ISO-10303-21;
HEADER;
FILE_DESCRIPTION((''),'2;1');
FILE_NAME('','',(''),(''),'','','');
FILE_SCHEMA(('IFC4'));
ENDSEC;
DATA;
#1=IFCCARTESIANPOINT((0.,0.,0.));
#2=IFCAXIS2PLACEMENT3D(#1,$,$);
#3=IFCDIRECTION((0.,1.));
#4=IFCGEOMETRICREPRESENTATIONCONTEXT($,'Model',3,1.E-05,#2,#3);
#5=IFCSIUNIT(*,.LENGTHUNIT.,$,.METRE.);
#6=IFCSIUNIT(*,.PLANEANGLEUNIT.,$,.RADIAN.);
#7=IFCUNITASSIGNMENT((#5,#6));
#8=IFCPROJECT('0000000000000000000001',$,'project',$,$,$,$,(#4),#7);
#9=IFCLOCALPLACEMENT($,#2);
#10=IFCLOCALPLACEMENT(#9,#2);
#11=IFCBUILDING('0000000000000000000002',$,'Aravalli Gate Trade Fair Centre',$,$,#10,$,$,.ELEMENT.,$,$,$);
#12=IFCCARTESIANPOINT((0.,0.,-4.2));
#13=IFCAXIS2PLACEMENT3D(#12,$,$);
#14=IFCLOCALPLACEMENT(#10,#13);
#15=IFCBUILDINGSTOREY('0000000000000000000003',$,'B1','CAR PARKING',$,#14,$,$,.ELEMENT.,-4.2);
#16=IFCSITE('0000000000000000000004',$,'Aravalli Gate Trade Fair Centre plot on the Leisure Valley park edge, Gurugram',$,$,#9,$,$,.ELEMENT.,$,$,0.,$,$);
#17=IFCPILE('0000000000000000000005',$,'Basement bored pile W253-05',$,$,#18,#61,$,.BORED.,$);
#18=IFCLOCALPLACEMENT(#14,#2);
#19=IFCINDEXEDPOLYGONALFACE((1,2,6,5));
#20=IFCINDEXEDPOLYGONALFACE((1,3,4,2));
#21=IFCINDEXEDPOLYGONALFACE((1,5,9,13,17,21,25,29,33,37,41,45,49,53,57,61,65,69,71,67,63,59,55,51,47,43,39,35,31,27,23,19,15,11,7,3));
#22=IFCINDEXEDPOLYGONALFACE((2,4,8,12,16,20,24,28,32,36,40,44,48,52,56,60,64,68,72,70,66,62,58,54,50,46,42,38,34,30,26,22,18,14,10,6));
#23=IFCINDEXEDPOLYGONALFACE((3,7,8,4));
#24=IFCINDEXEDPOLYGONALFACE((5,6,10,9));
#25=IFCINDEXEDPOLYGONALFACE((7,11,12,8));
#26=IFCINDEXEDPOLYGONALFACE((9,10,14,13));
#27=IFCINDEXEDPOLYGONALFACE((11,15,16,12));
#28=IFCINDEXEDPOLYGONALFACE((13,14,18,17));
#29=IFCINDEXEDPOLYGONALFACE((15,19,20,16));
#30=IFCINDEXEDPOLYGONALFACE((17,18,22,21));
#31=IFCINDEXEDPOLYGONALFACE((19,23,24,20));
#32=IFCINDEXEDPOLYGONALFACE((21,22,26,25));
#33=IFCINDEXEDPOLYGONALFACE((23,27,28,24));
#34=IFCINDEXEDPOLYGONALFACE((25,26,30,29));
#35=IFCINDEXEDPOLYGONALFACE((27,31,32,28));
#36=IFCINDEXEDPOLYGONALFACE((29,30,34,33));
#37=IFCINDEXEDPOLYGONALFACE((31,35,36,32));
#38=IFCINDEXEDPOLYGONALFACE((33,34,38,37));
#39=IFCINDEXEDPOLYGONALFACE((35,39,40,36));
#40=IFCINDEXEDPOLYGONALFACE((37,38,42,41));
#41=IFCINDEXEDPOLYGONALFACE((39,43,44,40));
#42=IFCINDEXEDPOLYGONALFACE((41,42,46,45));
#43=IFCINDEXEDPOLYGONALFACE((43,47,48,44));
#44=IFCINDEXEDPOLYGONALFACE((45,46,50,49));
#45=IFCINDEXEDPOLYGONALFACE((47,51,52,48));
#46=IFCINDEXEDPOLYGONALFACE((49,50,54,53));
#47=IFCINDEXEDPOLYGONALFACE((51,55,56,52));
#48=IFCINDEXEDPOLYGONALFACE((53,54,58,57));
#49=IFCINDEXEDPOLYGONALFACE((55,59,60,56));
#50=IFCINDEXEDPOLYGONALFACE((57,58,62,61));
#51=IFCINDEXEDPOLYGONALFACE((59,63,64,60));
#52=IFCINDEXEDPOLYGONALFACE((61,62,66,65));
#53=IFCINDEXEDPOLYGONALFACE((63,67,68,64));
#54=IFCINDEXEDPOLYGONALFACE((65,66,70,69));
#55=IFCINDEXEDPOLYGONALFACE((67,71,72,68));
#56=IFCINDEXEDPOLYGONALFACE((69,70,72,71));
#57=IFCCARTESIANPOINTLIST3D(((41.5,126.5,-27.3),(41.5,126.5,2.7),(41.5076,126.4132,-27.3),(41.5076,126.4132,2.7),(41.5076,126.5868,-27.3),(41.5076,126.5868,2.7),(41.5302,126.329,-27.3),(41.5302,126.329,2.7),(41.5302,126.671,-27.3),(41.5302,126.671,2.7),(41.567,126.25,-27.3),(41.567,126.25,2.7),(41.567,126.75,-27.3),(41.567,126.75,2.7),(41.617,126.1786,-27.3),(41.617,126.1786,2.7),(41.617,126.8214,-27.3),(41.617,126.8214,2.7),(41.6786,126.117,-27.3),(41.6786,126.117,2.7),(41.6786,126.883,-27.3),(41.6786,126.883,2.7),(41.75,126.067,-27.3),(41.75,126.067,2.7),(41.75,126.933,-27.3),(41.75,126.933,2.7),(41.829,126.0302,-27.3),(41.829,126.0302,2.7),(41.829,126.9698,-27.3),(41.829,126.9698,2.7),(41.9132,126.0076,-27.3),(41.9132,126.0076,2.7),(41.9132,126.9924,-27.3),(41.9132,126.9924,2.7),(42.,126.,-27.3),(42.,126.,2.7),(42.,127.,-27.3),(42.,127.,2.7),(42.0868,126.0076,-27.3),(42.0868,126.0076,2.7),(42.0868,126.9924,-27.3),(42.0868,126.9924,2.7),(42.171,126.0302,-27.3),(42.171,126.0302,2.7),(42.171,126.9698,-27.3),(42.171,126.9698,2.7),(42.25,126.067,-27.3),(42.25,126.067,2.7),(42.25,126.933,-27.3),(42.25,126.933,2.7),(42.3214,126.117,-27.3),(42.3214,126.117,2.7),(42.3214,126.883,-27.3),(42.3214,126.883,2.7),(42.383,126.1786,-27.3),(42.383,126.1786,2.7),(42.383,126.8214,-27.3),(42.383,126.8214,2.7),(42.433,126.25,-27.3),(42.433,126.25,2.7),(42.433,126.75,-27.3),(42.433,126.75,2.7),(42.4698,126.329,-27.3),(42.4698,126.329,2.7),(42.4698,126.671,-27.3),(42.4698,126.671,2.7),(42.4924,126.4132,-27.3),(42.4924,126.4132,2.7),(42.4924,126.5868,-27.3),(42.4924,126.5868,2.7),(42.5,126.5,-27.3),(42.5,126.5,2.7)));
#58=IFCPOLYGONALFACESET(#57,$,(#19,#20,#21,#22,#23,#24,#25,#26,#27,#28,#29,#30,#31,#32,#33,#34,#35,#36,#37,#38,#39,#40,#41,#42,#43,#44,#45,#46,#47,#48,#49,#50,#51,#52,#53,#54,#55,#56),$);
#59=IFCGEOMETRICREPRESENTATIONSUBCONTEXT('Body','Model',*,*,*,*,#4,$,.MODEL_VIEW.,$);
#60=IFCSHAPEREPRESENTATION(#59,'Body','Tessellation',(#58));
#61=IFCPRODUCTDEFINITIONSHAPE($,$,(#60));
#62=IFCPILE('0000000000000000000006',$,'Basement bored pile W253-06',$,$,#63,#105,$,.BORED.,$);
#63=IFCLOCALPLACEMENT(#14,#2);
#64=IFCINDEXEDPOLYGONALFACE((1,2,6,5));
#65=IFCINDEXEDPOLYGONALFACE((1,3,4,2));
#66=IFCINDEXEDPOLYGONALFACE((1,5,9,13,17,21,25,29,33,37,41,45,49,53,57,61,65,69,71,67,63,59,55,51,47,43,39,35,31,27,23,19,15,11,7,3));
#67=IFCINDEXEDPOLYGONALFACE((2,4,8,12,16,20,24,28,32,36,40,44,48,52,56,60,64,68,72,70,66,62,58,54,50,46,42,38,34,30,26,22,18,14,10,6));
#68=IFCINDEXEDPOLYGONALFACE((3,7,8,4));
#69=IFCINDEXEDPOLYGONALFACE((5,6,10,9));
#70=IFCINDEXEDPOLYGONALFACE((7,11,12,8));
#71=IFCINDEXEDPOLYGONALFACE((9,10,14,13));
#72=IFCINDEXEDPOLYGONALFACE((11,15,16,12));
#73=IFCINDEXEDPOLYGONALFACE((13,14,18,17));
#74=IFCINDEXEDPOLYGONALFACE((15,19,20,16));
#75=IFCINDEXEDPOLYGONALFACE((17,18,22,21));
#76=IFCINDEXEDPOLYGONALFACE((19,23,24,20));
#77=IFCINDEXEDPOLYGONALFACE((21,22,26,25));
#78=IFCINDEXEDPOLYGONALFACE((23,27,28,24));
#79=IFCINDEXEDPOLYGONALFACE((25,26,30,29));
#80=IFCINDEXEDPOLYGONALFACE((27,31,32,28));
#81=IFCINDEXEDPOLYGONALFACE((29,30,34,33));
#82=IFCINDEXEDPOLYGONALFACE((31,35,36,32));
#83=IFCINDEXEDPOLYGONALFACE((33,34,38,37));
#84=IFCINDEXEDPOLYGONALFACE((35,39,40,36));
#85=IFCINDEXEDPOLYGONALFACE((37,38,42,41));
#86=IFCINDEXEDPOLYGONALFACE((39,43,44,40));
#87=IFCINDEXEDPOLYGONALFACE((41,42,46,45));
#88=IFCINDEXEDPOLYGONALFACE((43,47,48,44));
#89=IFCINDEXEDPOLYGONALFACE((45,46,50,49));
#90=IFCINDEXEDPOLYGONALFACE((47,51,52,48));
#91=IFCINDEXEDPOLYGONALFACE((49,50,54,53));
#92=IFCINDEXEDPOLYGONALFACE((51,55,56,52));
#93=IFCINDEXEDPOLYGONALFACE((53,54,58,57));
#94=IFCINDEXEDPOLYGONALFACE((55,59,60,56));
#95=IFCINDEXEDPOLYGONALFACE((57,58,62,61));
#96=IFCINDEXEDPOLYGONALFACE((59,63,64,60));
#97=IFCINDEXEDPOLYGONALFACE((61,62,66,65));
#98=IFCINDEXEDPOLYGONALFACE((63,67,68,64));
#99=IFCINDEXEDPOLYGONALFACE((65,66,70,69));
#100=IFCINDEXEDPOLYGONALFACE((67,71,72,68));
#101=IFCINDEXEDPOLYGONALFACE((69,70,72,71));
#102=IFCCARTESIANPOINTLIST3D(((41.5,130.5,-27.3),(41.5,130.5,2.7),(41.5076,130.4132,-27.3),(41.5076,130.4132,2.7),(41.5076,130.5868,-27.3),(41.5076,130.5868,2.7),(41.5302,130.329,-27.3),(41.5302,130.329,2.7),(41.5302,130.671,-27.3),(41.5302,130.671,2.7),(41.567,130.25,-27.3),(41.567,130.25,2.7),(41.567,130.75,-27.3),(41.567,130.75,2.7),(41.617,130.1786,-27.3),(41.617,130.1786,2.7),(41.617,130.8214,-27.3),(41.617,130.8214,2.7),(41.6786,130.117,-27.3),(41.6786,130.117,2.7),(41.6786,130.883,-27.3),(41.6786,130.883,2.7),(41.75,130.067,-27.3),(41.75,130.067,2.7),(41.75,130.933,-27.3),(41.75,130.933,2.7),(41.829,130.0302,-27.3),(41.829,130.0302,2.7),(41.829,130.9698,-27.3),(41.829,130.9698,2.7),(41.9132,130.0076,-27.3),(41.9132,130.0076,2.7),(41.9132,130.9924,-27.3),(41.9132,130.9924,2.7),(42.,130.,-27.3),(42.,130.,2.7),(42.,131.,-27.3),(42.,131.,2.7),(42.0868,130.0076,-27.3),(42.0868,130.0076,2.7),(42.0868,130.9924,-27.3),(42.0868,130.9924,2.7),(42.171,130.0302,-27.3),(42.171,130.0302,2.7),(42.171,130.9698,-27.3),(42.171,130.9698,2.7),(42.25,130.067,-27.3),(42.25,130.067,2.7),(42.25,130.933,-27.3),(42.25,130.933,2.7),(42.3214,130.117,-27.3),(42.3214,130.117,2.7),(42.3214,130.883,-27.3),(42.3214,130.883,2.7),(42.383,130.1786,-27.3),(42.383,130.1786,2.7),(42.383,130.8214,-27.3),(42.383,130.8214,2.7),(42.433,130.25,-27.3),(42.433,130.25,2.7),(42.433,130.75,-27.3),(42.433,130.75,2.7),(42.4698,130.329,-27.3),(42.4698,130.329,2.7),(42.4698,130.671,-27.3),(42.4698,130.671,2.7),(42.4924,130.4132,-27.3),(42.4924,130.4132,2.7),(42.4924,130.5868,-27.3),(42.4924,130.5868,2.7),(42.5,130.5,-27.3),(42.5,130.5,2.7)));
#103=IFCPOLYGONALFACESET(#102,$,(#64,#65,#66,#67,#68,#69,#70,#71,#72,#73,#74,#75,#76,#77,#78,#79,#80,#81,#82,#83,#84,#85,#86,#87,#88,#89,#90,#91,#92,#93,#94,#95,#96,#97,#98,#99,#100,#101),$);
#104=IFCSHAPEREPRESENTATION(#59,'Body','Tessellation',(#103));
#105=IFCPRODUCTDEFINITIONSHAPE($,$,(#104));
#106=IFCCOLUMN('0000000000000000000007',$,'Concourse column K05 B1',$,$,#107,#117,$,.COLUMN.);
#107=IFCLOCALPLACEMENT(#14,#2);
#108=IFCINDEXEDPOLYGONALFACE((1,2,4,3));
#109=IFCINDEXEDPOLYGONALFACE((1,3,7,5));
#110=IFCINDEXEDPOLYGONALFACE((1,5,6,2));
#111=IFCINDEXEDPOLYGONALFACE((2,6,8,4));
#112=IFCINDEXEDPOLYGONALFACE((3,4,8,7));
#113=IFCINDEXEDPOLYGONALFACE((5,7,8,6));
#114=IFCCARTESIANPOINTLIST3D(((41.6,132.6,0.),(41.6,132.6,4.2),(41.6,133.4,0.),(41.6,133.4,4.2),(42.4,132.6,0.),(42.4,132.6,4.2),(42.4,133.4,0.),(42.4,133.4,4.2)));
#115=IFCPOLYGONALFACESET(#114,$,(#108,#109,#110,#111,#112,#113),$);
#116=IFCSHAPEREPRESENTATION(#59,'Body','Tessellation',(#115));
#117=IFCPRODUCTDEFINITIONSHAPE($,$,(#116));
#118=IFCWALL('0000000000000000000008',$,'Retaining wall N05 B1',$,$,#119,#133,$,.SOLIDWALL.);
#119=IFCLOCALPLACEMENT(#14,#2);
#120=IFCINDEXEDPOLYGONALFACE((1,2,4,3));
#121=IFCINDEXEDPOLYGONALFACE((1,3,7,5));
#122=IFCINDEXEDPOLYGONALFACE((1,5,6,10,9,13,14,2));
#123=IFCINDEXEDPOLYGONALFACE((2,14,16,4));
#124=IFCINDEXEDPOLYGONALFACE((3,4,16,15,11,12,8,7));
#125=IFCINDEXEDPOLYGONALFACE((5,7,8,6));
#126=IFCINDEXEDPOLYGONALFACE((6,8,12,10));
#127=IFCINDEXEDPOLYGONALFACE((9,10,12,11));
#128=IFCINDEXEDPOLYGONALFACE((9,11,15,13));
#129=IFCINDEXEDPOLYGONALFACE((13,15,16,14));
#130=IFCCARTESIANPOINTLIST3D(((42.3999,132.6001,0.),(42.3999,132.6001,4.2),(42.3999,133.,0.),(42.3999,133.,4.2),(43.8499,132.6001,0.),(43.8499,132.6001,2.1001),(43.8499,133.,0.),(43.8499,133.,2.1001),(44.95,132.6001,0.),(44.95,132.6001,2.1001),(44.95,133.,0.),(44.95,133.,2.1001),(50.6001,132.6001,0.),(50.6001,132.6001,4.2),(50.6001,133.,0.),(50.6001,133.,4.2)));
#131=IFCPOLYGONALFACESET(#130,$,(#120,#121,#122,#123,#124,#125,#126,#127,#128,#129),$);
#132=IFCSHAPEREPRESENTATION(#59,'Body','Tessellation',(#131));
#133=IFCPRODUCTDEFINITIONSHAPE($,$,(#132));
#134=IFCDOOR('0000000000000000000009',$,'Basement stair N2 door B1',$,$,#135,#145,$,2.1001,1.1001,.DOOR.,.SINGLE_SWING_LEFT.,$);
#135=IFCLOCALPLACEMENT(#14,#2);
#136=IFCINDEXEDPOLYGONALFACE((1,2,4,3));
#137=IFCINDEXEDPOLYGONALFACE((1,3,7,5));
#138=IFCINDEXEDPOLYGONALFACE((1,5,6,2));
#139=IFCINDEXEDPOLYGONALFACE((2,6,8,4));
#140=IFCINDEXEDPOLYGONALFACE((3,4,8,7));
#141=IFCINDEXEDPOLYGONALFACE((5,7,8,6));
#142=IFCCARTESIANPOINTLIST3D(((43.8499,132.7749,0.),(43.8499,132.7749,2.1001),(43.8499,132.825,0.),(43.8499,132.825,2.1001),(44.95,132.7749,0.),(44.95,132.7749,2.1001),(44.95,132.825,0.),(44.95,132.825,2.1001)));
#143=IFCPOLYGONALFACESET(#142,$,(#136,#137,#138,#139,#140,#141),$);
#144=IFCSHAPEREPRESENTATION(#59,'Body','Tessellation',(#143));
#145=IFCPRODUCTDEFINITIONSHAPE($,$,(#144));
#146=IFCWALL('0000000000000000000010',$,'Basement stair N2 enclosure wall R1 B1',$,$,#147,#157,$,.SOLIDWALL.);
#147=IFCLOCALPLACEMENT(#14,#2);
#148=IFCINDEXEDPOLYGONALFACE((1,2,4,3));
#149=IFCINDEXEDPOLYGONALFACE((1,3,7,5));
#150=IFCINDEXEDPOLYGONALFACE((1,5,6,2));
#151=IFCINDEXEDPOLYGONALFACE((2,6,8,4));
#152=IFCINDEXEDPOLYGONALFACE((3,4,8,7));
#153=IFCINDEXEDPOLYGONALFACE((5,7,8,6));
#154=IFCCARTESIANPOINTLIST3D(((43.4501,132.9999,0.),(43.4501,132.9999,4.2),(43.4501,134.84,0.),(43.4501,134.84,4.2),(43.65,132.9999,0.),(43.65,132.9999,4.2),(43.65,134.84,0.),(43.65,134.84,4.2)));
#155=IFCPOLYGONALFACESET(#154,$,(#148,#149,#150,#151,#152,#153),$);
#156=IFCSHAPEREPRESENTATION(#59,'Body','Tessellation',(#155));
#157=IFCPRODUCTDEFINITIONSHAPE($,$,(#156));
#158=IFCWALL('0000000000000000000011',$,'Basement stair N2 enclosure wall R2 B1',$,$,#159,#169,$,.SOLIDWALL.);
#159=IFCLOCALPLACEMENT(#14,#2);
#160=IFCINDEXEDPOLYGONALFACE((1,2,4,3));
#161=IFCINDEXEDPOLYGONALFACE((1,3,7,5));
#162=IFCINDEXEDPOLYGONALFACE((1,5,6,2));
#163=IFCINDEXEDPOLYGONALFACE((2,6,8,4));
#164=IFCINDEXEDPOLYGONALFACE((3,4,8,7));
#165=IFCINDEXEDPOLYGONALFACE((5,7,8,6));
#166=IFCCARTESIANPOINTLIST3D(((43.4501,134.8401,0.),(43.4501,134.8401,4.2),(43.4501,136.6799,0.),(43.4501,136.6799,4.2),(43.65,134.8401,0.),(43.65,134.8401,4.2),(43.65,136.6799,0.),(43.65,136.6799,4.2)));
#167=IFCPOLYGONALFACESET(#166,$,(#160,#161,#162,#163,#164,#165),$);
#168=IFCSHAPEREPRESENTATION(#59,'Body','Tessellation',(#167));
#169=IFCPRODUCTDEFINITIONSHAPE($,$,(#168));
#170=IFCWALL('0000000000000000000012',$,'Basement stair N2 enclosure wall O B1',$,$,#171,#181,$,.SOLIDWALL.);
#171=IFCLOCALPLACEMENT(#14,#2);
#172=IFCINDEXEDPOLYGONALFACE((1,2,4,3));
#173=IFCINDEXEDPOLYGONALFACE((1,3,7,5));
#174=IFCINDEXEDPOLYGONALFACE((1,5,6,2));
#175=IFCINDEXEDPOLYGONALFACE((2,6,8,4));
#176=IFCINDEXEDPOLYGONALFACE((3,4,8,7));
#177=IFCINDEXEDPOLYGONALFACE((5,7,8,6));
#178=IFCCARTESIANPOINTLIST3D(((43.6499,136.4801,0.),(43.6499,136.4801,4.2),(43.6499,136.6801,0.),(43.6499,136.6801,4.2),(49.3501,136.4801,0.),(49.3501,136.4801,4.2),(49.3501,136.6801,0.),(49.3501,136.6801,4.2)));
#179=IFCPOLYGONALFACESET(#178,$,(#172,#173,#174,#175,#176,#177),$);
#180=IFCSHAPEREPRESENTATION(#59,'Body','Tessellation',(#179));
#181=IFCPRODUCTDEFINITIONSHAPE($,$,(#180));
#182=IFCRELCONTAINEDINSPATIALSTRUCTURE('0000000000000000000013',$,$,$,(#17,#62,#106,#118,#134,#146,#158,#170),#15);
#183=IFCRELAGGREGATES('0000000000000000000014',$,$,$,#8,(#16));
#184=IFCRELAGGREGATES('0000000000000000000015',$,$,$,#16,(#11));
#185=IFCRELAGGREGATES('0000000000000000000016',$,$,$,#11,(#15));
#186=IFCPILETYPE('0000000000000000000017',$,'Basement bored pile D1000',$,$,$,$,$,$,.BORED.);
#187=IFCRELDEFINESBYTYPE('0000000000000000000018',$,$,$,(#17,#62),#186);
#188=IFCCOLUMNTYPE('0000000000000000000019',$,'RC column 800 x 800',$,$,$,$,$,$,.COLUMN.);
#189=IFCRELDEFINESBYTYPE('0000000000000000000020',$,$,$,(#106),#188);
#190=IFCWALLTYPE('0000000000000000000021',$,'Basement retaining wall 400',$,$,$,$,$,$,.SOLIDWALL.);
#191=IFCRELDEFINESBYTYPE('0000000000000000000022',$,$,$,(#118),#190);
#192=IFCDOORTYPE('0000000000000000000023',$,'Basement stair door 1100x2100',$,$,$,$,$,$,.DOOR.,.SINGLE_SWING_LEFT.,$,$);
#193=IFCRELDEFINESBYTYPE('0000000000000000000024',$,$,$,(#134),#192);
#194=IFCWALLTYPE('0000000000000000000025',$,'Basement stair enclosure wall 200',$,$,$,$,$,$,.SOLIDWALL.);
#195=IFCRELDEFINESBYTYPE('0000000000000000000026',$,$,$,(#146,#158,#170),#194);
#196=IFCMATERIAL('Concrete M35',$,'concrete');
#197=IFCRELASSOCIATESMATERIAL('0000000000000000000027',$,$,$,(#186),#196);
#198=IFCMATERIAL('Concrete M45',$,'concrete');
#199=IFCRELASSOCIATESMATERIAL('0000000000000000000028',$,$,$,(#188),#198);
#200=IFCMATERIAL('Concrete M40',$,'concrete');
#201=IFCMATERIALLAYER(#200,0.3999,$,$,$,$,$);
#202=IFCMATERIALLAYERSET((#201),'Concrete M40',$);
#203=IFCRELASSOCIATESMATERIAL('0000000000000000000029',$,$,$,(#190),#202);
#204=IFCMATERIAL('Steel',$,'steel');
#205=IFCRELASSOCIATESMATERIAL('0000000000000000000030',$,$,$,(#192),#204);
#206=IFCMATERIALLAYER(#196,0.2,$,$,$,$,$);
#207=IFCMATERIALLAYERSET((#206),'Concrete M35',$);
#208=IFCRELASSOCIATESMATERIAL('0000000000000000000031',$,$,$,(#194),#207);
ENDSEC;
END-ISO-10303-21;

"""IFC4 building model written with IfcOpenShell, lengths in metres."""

from ifc_helpers import new_model, si_unit, direction, frame, frame_2d, origin, origin_2d, place, context, subcontext, project, spatial, rectangle, circle, extrude, material, layer, layer_set, material_profile, profile_set, type_object, element, fill, save


model = new_model("IFC4")

# Units and contexts
model_context = context("Model", 3, precision=1e-05, world=origin(), true_north=direction((0.0, 1.0)))
body_context = subcontext(model_context, "Body", "Model", "MODEL_VIEW")
ifc_project = project(units=[si_unit("LENGTHUNIT", "METRE"), si_unit("PLANEANGLEUNIT", "RADIAN")], contexts=[model_context])

# Site, building, storey
site_placement = place(None, origin())
site = spatial("IfcSite", under=ifc_project, at=site_placement, Name="Aravalli Gate Trade Fair Centre plot on the Leisure Valley park edge, Gurugram", CompositionType="ELEMENT", RefElevation=0.0)
building_placement = place(site_placement, origin())
building = spatial("IfcBuilding", under=site, at=building_placement, Name="Aravalli Gate Trade Fair Centre", CompositionType="ELEMENT")
storey_placement = place(building_placement, frame((0.0, 0.0, -4.2)))
storey = spatial("IfcBuildingStorey", under=building, at=storey_placement, Name="B1", Description="CAR PARKING", CompositionType="ELEMENT", Elevation=-4.2)

# Piles
ifc_material_1 = material(Name="Concrete M35", Category="concrete")
ifc_material_profile_1 = material_profile(ifc_material_1, circle(Radius=0.5, at=origin_2d()), Name="D1000")
ifc_profile_set_1 = profile_set([ifc_material_profile_1], Name="Concrete M35")
pile_type = type_object("IfcPileType", Name="Basement bored pile D1000", PredefinedType="BORED", material=ifc_profile_set_1)
for number, where, z_axis, x_axis, name in (
    (1, (42.0, 126.5, 2.7), (0.0, 0.0, -1.0), (1.0, 0.0, 0.0), "Basement bored pile W253-05"),
    (2, (42.0, 130.5, 2.7), (0.0, 0.0, -1.0), (1.0, 0.0, 0.0), "Basement bored pile W253-06"),
):
    element("IfcPile", number, at=place(storey_placement, frame(where, z_axis=z_axis, x_axis=x_axis)), inside=storey, type_object=pile_type, Name=name, PredefinedType="BORED", context=body_context, shape_type="SweptSolid", body=[
        extrude(circle(Radius=0.5, at=origin_2d()), origin(), (0.0, 0.0, 1.0), 30.0),
    ])

# Column
ifc_material_2 = material(Name="Concrete M45", Category="concrete")
ifc_material_profile_2 = material_profile(ifc_material_2, rectangle(XDim=0.8, YDim=0.8, at=origin_2d()), Name="RC column 800 x 800")
ifc_profile_set_2 = profile_set([ifc_material_profile_2], Name="Concrete M45")
column_type = type_object("IfcColumnType", Name="RC column 800 x 800", PredefinedType="COLUMN", material=ifc_profile_set_2)
column_placement = place(storey_placement, frame((42.0, 133.0, 0.0), z_axis=(0.0, 0.0, 1.0), x_axis=(1.0, 0.0, 0.0)))
element("IfcColumn", 3, at=column_placement, inside=storey, type_object=column_type, Name="Concourse column K05 B1", PredefinedType="COLUMN", context=body_context, shape_type="SweptSolid", body=[
    extrude(rectangle(XDim=0.8, YDim=0.8, at=origin_2d()), origin(), (0.0, 0.0, 1.0), 4.2),
])

# Wall, opening, door
ifc_material_3 = material(Name="Concrete M40", Category="concrete")
ifc_layer_1 = layer(ifc_material_3, 0.3999)
ifc_layer_set_1 = layer_set([ifc_layer_1], Name="Concrete M40")
wall_type_1 = type_object("IfcWallType", Name="Basement retaining wall 400", PredefinedType="SOLIDWALL", material=ifc_layer_set_1)
wall_1_placement = place(storey_placement, frame((42.3999, 132.8, 0.0), z_axis=(0.0, 0.0, 1.0), x_axis=(1.0, 0.0, 0.0)))
wall_1 = element("IfcWall", 4, at=wall_1_placement, inside=storey, type_object=wall_type_1, Name="Retaining wall N05 B1", PredefinedType="SOLIDWALL", context=body_context, shape_type="SweptSolid", body=[
    extrude(rectangle(XDim=8.2002, YDim=0.3999, at=frame_2d((4.1001, 0.0))), origin(), (0.0, 0.0, 1.0), 4.2),
])
opening_placement = place(wall_1_placement, frame((1.45, 0.0, 0.0)))
opening = element("IfcOpeningElement", 5, at=opening_placement, cuts=wall_1, PredefinedType="OPENING", context=body_context, shape_type="SweptSolid", body=[
    extrude(rectangle(XDim=1.1001, YDim=2.1001, at=frame_2d((0.55, 1.05))), frame((0.0, 0.21, 0.0), z_axis=(0.0, -1.0, 0.0), x_axis=(1.0, 0.0, 0.0)), (0.0, 0.0, 1.0), 0.4199),
])
ifc_material_4 = material(Name="Steel", Category="steel")
door_type = type_object("IfcDoorType", Name="Basement stair door 1100x2100", OperationType="SINGLE_SWING_LEFT", PredefinedType="DOOR", material=ifc_material_4)
door_placement = place(opening_placement, origin())
door = element("IfcDoor", 6, at=door_placement, inside=storey, type_object=door_type, Name="Basement stair N2 door B1", OperationType="SINGLE_SWING_LEFT", OverallHeight=2.1001, OverallWidth=1.1001, PredefinedType="DOOR", context=body_context, shape_type="SweptSolid", body=[
    extrude(rectangle(XDim=1.1001, YDim=2.1001, at=frame_2d((0.55, 1.05))), frame((0.0, 0.0249, 0.0), z_axis=(0.0, -1.0, 0.0), x_axis=(1.0, 0.0, 0.0)), (0.0, 0.0, 1.0), 0.05),
])
fill(opening, door)

# Walls
ifc_layer_2 = layer(ifc_material_1, 0.2)
ifc_layer_set_2 = layer_set([ifc_layer_2], Name="Concrete M35")
wall_type_2 = type_object("IfcWallType", Name="Basement stair enclosure wall 200", PredefinedType="SOLIDWALL", material=ifc_layer_set_2)
wall_2_placement = place(storey_placement, frame((43.55, 133.0, 0.0), z_axis=(0.0, 0.0, 1.0), x_axis=(0.0, 1.0, 0.0)))
element("IfcWall", 7, at=wall_2_placement, inside=storey, type_object=wall_type_2, Name="Basement stair N2 enclosure wall R1 B1", PredefinedType="SOLIDWALL", context=body_context, shape_type="SweptSolid", body=[
    extrude(rectangle(XDim=1.8401, YDim=0.2, at=frame_2d((0.9199, 0.0))), origin(), (0.0, 0.0, 1.0), 4.2),
])
wall_3_placement = place(storey_placement, frame((43.55, 134.8401, 0.0), z_axis=(0.0, 0.0, 1.0), x_axis=(0.0, 1.0, 0.0)))
element("IfcWall", 8, at=wall_3_placement, inside=storey, type_object=wall_type_2, Name="Basement stair N2 enclosure wall R2 B1", PredefinedType="SOLIDWALL", context=body_context, shape_type="SweptSolid", body=[
    extrude(rectangle(XDim=1.8398, YDim=0.2, at=frame_2d((0.9199, 0.0))), origin(), (0.0, 0.0, 1.0), 4.2),
])
wall_4_placement = place(storey_placement, frame((49.3501, 136.5801, 0.0), z_axis=(0.0, 0.0, 1.0), x_axis=(-1.0, 0.0, 0.0)))
element("IfcWall", 9, at=wall_4_placement, inside=storey, type_object=wall_type_2, Name="Basement stair N2 enclosure wall O B1", PredefinedType="SOLIDWALL", context=body_context, shape_type="SweptSolid", body=[
    extrude(rectangle(XDim=5.7002, YDim=0.2, at=frame_2d((2.8501, 0.0))), origin(), (0.0, 0.0, 1.0), 4.2),
])

save(model, "model.ifc")
